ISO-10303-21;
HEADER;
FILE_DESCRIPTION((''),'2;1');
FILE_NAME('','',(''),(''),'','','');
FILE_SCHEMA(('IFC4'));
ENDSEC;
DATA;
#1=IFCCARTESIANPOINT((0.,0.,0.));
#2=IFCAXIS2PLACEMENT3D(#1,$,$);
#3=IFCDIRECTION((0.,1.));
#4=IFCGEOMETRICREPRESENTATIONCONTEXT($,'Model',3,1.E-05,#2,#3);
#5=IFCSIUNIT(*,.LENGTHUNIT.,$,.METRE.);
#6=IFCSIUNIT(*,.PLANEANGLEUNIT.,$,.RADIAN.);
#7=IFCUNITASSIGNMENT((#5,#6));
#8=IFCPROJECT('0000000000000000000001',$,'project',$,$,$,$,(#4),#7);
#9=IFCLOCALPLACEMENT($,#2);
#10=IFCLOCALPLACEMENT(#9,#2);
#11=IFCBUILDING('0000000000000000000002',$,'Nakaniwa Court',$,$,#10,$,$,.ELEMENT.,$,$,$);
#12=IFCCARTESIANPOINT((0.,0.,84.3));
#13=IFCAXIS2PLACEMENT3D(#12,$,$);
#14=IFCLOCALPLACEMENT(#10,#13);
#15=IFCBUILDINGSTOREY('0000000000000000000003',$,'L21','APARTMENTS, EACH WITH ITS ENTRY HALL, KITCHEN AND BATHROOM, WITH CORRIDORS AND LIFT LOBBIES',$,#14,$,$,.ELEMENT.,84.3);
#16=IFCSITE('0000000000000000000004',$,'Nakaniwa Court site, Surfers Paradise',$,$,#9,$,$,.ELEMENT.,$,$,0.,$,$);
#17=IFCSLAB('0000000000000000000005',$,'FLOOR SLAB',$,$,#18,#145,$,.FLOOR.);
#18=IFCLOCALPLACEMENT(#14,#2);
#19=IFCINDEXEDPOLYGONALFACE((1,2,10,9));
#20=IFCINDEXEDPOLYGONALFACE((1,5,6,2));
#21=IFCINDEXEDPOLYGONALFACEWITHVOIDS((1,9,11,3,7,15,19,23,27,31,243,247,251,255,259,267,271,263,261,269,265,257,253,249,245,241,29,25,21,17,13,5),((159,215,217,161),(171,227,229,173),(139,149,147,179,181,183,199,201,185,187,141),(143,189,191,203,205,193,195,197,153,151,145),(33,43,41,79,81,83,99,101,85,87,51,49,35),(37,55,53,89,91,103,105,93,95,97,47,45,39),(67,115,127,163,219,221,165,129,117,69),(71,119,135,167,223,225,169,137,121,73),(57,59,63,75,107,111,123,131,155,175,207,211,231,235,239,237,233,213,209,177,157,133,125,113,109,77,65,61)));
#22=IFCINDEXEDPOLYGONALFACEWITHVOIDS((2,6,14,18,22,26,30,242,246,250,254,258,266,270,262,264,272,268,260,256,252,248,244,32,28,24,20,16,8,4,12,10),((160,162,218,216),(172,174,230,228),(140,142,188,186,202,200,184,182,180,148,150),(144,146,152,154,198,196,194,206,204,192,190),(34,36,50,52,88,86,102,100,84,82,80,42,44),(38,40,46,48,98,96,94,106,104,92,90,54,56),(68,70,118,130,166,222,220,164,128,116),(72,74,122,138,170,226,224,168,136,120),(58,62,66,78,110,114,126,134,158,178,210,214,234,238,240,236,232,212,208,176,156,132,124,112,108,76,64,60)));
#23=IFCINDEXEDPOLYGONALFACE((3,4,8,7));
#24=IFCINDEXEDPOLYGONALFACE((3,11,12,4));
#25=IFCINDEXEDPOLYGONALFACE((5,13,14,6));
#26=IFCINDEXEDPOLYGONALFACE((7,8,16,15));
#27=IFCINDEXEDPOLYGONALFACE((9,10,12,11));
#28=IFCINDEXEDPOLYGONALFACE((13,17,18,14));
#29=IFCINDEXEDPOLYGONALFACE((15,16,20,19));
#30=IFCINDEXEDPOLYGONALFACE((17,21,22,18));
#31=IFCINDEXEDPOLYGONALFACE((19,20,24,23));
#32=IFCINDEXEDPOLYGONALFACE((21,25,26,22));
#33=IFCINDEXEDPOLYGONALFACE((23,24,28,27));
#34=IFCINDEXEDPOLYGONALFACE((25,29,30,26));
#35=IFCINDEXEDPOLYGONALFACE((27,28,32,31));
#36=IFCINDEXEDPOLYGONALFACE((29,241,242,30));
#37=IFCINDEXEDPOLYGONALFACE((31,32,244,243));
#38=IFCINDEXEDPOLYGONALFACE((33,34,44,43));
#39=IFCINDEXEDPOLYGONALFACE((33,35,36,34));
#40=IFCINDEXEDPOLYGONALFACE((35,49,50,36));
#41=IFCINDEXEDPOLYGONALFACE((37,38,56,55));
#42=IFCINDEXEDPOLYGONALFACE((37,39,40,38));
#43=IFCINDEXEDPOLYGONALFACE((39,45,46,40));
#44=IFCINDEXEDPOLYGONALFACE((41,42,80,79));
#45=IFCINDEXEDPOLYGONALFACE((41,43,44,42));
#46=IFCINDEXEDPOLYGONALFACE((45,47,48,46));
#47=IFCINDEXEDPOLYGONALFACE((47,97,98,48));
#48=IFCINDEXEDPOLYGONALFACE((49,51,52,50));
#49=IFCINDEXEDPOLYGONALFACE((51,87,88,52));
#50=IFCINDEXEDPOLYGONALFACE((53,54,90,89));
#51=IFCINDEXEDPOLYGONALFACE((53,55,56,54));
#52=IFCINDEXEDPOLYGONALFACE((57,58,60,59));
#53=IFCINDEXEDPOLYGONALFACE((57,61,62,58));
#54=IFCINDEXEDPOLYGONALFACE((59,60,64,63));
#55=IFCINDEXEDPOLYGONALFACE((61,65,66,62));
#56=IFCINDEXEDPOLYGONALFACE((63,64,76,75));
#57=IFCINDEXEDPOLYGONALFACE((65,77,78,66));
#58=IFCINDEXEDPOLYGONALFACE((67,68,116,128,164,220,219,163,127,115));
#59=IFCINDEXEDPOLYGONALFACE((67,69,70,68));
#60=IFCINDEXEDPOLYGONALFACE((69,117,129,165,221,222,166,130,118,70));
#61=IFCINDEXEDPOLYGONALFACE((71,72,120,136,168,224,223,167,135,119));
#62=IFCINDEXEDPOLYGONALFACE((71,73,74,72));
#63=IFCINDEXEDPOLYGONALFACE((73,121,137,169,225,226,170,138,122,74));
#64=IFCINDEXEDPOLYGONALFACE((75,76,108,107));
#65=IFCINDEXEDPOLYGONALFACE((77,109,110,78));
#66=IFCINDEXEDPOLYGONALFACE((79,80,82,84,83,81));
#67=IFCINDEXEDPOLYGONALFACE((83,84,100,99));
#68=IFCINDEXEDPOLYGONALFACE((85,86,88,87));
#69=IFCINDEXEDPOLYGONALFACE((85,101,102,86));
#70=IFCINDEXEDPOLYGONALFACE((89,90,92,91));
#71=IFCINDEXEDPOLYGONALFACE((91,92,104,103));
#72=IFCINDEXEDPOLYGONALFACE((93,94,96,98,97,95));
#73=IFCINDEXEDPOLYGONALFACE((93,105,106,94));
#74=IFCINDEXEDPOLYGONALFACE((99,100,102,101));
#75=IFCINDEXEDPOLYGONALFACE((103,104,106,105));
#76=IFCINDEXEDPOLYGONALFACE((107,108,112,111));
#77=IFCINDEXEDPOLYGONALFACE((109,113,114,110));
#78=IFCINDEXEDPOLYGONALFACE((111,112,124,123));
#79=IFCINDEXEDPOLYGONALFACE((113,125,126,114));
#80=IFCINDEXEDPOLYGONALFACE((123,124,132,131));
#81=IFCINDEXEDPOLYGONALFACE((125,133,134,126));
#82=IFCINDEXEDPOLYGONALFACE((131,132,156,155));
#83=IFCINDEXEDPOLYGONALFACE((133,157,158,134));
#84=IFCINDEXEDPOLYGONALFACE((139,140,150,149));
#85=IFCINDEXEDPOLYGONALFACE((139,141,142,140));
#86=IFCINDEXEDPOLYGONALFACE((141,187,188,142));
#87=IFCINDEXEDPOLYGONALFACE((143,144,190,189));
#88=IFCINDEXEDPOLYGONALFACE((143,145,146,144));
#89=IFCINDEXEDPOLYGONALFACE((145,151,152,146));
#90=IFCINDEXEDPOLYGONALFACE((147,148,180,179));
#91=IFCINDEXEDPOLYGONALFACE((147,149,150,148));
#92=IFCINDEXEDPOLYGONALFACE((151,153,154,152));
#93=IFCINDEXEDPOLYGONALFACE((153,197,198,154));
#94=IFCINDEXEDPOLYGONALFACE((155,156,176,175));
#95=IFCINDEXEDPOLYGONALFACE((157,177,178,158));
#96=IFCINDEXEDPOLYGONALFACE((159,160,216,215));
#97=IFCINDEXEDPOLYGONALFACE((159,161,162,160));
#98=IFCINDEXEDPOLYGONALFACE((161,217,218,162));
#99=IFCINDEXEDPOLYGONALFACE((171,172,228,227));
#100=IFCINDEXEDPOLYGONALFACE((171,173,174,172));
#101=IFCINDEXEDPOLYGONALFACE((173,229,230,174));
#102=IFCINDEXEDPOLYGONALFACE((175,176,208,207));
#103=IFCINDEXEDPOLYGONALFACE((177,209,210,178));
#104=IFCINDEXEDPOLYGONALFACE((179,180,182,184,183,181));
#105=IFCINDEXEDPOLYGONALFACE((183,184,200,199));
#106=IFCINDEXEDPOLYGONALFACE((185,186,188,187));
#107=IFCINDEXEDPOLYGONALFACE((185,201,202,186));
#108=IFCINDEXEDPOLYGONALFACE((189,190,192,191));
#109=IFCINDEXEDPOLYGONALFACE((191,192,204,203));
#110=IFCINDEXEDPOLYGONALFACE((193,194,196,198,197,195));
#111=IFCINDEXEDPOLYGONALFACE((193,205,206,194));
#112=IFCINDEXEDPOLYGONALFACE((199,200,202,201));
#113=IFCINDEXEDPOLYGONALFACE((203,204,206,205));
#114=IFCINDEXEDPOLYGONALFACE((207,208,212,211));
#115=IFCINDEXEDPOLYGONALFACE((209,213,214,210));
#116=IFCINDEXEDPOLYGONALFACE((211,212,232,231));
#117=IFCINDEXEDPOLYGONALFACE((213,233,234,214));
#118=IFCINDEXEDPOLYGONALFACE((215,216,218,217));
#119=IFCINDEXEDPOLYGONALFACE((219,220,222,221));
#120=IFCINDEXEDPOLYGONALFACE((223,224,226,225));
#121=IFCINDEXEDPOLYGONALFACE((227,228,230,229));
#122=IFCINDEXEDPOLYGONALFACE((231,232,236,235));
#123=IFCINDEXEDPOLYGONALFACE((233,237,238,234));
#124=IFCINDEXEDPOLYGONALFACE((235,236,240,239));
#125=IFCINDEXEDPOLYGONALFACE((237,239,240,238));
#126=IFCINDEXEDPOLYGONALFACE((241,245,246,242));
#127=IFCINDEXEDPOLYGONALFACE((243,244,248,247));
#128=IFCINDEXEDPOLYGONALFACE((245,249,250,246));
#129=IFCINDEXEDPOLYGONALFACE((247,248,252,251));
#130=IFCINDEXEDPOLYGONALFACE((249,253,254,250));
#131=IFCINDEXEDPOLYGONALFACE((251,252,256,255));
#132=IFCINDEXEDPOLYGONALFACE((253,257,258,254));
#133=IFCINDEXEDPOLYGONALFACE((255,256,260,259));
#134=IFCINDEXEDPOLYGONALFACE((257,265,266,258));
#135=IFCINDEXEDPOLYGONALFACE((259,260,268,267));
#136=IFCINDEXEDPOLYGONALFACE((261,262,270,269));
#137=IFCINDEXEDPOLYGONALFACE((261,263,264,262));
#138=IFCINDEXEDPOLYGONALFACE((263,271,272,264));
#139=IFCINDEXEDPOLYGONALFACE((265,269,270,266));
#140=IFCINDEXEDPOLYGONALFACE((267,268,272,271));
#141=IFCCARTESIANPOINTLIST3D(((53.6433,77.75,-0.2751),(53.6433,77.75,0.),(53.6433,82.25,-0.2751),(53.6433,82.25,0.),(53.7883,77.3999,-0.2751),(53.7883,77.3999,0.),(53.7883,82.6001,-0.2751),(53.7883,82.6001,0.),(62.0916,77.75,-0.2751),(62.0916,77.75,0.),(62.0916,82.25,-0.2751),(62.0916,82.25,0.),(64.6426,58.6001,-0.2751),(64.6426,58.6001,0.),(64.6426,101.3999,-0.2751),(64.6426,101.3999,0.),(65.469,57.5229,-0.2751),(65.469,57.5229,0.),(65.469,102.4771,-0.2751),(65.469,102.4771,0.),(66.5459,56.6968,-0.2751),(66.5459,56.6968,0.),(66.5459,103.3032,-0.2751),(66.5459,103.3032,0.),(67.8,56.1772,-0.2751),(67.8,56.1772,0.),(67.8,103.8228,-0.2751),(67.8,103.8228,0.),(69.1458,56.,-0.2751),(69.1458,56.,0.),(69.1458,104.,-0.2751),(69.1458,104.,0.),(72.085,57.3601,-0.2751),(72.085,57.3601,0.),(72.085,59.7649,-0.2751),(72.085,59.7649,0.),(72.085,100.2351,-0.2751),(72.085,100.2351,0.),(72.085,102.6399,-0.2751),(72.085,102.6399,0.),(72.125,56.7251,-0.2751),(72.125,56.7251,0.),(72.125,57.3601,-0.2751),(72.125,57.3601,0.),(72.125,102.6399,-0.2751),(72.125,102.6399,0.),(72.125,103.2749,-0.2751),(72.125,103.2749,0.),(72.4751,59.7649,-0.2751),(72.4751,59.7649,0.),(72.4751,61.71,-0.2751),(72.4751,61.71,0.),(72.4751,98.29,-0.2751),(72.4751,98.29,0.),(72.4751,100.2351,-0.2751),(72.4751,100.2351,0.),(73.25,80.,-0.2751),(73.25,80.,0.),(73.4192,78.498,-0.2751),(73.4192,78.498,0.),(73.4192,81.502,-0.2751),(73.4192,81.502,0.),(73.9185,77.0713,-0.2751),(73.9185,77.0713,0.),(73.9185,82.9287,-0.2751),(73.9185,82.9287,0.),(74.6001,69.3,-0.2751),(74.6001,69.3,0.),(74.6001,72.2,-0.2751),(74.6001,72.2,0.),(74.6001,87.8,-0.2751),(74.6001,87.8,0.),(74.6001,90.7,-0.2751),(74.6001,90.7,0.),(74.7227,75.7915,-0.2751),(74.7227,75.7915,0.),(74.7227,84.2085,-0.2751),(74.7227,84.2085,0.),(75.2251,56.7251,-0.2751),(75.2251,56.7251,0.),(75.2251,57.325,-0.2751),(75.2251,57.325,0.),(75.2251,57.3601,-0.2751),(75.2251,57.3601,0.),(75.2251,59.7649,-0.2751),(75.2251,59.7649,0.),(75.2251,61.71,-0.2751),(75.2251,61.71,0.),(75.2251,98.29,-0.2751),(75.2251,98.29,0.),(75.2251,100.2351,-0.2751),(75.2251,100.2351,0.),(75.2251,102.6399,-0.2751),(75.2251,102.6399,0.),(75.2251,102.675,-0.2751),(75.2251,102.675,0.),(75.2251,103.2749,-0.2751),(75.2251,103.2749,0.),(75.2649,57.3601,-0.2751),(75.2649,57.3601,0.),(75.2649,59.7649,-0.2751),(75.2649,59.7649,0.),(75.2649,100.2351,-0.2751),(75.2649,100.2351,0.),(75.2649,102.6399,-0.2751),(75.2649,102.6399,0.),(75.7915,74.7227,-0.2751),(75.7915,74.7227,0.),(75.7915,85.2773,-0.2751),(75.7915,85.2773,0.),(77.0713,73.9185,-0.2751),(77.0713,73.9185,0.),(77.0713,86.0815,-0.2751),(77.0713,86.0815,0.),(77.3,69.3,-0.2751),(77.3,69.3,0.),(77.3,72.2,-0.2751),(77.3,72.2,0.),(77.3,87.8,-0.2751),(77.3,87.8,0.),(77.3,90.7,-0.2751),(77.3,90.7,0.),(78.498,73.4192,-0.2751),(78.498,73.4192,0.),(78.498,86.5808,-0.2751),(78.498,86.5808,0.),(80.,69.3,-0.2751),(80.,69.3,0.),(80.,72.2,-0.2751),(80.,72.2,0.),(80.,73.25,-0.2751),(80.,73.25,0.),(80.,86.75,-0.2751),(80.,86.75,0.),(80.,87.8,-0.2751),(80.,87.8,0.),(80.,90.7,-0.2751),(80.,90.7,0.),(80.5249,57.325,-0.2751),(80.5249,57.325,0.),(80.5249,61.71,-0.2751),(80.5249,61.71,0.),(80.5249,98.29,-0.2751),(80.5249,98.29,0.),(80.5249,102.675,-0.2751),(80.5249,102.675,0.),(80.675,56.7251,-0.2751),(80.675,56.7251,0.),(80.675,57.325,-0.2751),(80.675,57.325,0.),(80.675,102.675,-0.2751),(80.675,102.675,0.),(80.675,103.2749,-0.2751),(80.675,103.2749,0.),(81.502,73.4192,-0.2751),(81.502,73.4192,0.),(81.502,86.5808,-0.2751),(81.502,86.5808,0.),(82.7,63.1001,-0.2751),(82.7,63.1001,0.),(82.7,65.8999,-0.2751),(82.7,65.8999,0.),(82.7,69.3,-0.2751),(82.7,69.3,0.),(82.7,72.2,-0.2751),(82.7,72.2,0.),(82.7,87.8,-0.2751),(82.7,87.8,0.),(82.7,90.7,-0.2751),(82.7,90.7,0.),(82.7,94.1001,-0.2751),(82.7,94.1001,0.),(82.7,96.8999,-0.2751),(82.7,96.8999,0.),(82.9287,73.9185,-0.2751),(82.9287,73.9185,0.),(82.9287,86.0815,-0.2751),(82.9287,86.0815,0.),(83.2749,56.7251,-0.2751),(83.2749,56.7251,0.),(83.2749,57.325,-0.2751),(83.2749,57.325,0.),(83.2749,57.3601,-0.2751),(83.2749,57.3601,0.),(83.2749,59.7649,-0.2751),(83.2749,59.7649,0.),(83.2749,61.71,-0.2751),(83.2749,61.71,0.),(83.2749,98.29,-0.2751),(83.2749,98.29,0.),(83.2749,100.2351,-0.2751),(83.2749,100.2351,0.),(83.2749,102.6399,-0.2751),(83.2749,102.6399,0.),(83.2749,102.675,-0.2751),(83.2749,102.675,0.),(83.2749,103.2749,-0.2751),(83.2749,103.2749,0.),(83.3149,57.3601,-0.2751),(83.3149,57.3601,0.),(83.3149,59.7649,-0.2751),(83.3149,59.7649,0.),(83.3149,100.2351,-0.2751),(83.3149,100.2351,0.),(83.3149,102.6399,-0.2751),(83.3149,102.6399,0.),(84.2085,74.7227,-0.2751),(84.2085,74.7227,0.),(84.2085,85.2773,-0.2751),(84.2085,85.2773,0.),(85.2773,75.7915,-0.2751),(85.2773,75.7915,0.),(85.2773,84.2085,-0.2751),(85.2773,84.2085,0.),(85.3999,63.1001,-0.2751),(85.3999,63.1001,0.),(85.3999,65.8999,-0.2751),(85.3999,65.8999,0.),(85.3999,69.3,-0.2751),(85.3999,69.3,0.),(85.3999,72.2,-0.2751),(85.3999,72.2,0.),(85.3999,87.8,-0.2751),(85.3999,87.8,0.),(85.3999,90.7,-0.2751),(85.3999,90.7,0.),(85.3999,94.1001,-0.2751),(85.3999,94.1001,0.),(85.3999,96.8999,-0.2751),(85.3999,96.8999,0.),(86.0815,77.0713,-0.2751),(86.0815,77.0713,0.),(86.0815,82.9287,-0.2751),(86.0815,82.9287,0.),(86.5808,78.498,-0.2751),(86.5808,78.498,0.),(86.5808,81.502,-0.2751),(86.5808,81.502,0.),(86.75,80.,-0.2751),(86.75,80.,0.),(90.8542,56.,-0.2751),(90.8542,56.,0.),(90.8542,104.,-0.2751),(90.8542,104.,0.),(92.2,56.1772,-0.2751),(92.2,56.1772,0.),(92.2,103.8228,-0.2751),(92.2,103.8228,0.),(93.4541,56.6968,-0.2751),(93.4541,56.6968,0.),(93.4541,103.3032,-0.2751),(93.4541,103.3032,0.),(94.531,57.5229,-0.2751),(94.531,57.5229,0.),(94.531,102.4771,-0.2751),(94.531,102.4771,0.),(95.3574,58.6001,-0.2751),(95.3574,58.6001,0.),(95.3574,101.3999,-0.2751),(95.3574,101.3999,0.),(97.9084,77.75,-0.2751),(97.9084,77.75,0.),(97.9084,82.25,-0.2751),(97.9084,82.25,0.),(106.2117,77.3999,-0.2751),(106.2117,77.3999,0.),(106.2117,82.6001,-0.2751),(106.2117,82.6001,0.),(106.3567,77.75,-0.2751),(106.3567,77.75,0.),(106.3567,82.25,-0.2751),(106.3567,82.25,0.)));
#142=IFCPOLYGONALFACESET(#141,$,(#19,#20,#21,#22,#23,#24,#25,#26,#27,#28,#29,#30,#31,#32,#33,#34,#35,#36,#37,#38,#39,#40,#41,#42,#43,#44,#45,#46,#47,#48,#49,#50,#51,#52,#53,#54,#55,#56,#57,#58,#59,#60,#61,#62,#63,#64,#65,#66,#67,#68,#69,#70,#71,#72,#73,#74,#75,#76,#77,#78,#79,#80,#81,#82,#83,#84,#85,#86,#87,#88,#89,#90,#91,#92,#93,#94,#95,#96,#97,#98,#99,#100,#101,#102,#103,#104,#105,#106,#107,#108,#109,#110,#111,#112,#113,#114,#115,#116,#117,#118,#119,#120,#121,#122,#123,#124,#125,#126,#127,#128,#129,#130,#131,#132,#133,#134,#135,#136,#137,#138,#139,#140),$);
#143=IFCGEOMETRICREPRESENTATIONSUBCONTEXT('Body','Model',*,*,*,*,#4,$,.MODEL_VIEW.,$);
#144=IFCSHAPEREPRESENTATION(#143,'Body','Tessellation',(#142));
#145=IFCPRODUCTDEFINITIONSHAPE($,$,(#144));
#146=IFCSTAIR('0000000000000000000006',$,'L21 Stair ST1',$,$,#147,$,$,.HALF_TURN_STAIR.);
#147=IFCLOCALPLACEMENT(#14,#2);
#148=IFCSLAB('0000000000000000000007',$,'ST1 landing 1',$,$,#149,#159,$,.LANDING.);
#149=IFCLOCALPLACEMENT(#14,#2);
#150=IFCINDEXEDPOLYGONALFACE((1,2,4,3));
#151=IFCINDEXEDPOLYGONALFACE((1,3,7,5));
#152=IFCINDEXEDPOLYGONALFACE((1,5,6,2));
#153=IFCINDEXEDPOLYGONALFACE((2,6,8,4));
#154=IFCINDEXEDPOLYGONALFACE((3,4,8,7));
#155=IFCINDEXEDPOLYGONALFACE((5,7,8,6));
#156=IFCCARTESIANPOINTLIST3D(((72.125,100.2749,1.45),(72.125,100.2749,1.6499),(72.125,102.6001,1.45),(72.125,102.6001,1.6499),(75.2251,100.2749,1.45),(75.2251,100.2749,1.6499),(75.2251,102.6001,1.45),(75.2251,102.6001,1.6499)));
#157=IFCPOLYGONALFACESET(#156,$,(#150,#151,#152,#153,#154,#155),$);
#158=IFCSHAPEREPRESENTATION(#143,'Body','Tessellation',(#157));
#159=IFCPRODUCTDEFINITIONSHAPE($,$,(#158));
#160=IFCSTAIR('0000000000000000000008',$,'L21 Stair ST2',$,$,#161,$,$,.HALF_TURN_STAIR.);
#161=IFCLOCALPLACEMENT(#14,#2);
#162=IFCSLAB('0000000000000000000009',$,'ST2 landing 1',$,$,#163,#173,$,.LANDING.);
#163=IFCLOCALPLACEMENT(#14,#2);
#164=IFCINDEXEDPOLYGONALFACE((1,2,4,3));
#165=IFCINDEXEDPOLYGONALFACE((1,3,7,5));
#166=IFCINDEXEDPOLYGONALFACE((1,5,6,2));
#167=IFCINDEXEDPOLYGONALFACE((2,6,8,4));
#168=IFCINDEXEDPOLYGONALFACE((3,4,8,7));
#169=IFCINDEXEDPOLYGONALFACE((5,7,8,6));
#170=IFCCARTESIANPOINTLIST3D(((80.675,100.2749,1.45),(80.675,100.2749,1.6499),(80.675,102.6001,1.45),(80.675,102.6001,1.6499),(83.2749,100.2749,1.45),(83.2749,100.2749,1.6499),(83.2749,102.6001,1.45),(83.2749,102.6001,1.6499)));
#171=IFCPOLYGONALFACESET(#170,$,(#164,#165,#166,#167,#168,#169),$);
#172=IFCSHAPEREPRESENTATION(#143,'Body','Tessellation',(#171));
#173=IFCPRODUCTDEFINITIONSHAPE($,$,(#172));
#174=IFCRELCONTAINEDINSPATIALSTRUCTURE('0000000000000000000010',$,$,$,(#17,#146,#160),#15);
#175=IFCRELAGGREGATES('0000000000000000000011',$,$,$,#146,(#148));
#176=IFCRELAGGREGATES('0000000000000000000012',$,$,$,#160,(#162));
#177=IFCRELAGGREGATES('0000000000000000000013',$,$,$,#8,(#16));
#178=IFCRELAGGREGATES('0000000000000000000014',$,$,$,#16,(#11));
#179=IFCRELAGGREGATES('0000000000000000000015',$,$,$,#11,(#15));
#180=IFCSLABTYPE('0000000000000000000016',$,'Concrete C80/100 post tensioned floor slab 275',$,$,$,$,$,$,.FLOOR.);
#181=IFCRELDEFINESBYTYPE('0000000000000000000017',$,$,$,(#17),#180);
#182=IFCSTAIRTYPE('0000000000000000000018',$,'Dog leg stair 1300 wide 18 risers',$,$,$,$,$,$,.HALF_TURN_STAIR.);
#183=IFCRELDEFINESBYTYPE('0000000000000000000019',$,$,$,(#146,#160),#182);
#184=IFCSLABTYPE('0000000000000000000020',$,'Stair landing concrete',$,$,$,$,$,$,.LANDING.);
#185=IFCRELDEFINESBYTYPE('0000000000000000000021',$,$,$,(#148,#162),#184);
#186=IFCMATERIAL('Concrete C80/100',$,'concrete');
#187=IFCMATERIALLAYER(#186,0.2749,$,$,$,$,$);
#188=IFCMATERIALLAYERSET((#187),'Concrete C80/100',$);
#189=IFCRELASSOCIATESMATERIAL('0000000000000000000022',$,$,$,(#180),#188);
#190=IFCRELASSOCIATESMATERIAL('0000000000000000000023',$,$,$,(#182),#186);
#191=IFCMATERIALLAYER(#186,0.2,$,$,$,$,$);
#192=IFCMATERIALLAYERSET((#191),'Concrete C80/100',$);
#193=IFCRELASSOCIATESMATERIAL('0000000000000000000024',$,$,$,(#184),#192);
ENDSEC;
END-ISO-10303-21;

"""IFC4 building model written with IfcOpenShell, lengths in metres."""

from ifc_helpers import new_model, si_unit, direction, frame, origin, place, context, subcontext, project, spatial, polyline, outline, extrude, material, layer, layer_set, type_object, element, aggregate, save


model = new_model("IFC4")

# Units and contexts
model_context = context("Model", 3, precision=1e-05, world=origin(), true_north=direction((0.0, 1.0)))
body_context = subcontext(model_context, "Body", "Model", "MODEL_VIEW")
ifc_project = project(units=[si_unit("LENGTHUNIT", "METRE"), si_unit("PLANEANGLEUNIT", "RADIAN")], contexts=[model_context])

# Site, building, storey
site_placement = place(None, origin())
site = spatial("IfcSite", under=ifc_project, at=site_placement, Name="Nakaniwa Court site, Surfers Paradise", CompositionType="ELEMENT", RefElevation=0.0)
building_placement = place(site_placement, origin())
building = spatial("IfcBuilding", under=site, at=building_placement, Name="Nakaniwa Court", CompositionType="ELEMENT")
storey_placement = place(building_placement, frame((0.0, 0.0, 84.3)))
storey = spatial("IfcBuildingStorey", under=building, at=storey_placement, Name="L21", Description="APARTMENTS, EACH WITH ITS ENTRY HALL, KITCHEN AND BATHROOM, WITH CORRIDORS AND LIFT LOBBIES", CompositionType="ELEMENT", Elevation=84.3)

# Shared definitions
ifc_material_1 = material(Name="Concrete C80/100", Category="concrete")

# Slab
ifc_layer_1 = layer(ifc_material_1, 0.2749)
ifc_layer_set_1 = layer_set([ifc_layer_1], Name="Concrete C80/100")
slab_type_1 = type_object("IfcSlabType", Name="Concrete C80/100 post tensioned floor slab 275", PredefinedType="FLOOR", material=ifc_layer_set_1)
slab_1_placement = place(storey_placement, frame((0.0, 0.0, -0.2751)))
element("IfcSlab", 1, at=slab_1_placement, inside=storey, type_object=slab_type_1, Name="FLOOR SLAB", PredefinedType="FLOOR", context=body_context, shape_type="SweptSolid", body=[
    extrude(outline(polyline([(97.9084, 82.25), (106.3567, 82.25), (106.2117, 82.6001), (95.3574, 101.3999), (94.531, 102.4771), (93.4541, 103.3032), (92.2, 103.8228), (90.8542, 104.0), (69.1458, 104.0), (67.8, 103.8228), (66.5459, 103.3032), (65.469, 102.4771), (64.6426, 101.3999), (53.7883, 82.6001), (53.6433, 82.25), (62.0916, 82.25), (62.0916, 77.75), (53.6433, 77.75), (53.7883, 77.3999), (64.6426, 58.6001), (65.469, 57.5229), (66.5459, 56.6968), (67.8, 56.1772), (69.1458, 56.0), (90.8542, 56.0), (92.2, 56.1772), (93.4541, 56.6968), (94.531, 57.5229), (95.3574, 58.6001), (106.2117, 77.3999), (106.3567, 77.75), (97.9084, 77.75), (97.9084, 82.25)]), holes=[polyline([(81.502, 86.5808), (80.0, 86.75), (78.498, 86.5808), (77.0713, 86.0815), (75.7915, 85.2773), (74.7227, 84.2085), (73.9185, 82.9287), (73.4192, 81.502), (73.25, 80.0), (73.4192, 78.498), (73.9185, 77.0713), (74.7227, 75.7915), (75.7915, 74.7227), (77.0713, 73.9185), (78.498, 73.4192), (80.0, 73.25), (81.502, 73.4192), (82.9287, 73.9185), (84.2085, 74.7227), (85.2773, 75.7915), (86.0815, 77.0713), (86.5808, 78.498), (86.75, 80.0), (86.5808, 81.502), (86.0815, 82.9287), (85.2773, 84.2085), (84.2085, 85.2773), (82.9287, 86.0815), (81.502, 86.5808)]), polyline([(75.2649, 57.3601), (75.2649, 59.7649), (75.2251, 59.7649), (75.2251, 61.71), (72.4751, 61.71), (72.4751, 59.7649), (72.085, 59.7649), (72.085, 57.3601), (72.125, 57.3601), (72.125, 56.7251), (75.2251, 56.7251), (75.2251, 57.325), (75.2251, 57.3601), (75.2649, 57.3601)]), polyline([(80.0, 69.3), (82.7, 69.3), (85.3999, 69.3), (85.3999, 72.2), (82.7, 72.2), (80.0, 72.2), (77.3, 72.2), (74.6001, 72.2), (74.6001, 69.3), (77.3, 69.3), (80.0, 69.3)]), polyline([(80.0, 87.8), (82.7, 87.8), (85.3999, 87.8), (85.3999, 90.7), (82.7, 90.7), (80.0, 90.7), (77.3, 90.7), (74.6001, 90.7), (74.6001, 87.8), (77.3, 87.8), (80.0, 87.8)]), polyline([(75.2649, 100.2351), (75.2649, 102.6399), (75.2251, 102.6399), (75.2251, 102.675), (75.2251, 103.2749), (72.125, 103.2749), (72.125, 102.6399), (72.085, 102.6399), (72.085, 100.2351), (72.4751, 100.2351), (72.4751, 98.29), (75.2251, 98.29), (75.2251, 100.2351), (75.2649, 100.2351)]), polyline([(83.2749, 61.71), (80.5249, 61.71), (80.5249, 57.325), (80.675, 57.325), (80.675, 56.7251), (83.2749, 56.7251), (83.2749, 57.325), (83.2749, 57.3601), (83.3149, 57.3601), (83.3149, 59.7649), (83.2749, 59.7649), (83.2749, 61.71)]), polyline([(85.3999, 65.8999), (82.7, 65.8999), (82.7, 63.1001), (85.3999, 63.1001), (85.3999, 65.8999)]), polyline([(85.3999, 96.8999), (82.7, 96.8999), (82.7, 94.1001), (85.3999, 94.1001), (85.3999, 96.8999)]), polyline([(83.2749, 100.2351), (83.3149, 100.2351), (83.3149, 102.6399), (83.2749, 102.6399), (83.2749, 102.675), (83.2749, 103.2749), (80.675, 103.2749), (80.675, 102.675), (80.5249, 102.675), (80.5249, 98.29), (83.2749, 98.29), (83.2749, 100.2351)])]), origin(), (0.0, 0.0, 1.0), 0.2751),
])

# Stairs, slabs
stair_type = type_object("IfcStairType", Name="Dog leg stair 1300 wide 18 risers", PredefinedType="HALF_TURN_STAIR", material=ifc_material_1)
stair_1_placement = place(storey_placement, origin())
stair_1 = element("IfcStair", 2, at=stair_1_placement, inside=storey, type_object=stair_type, Name="L21 Stair ST1", PredefinedType="HALF_TURN_STAIR")
ifc_layer_2 = layer(ifc_material_1, 0.2)
ifc_layer_set_2 = layer_set([ifc_layer_2], Name="Concrete C80/100")
slab_type_2 = type_object("IfcSlabType", Name="Stair landing concrete", PredefinedType="LANDING", material=ifc_layer_set_2)
slab_2_placement = place(storey_placement, frame((0.0, 0.0, 1.45)))
slab_2 = element("IfcSlab", 3, at=slab_2_placement, type_object=slab_type_2, Name="ST1 landing 1", PredefinedType="LANDING", context=body_context, shape_type="SweptSolid", body=[
    extrude(outline(polyline([(75.2251, 100.2749), (75.2251, 102.6001), (72.125, 102.6001), (72.125, 100.2749), (75.2251, 100.2749)])), origin(), (0.0, 0.0, 1.0), 0.2),
])
aggregate(stair_1, [slab_2])
stair_2_placement = place(storey_placement, origin())
stair_2 = element("IfcStair", 4, at=stair_2_placement, inside=storey, type_object=stair_type, Name="L21 Stair ST2", PredefinedType="HALF_TURN_STAIR")
slab_3_placement = place(storey_placement, frame((0.0, 0.0, 1.45)))
slab_3 = element("IfcSlab", 5, at=slab_3_placement, type_object=slab_type_2, Name="ST2 landing 1", PredefinedType="LANDING", context=body_context, shape_type="SweptSolid", body=[
    extrude(outline(polyline([(83.2749, 100.2749), (83.2749, 102.6001), (80.675, 102.6001), (80.675, 100.2749), (83.2749, 100.2749)])), origin(), (0.0, 0.0, 1.0), 0.2),
])
aggregate(stair_2, [slab_3])

save(model, "model.ifc")
